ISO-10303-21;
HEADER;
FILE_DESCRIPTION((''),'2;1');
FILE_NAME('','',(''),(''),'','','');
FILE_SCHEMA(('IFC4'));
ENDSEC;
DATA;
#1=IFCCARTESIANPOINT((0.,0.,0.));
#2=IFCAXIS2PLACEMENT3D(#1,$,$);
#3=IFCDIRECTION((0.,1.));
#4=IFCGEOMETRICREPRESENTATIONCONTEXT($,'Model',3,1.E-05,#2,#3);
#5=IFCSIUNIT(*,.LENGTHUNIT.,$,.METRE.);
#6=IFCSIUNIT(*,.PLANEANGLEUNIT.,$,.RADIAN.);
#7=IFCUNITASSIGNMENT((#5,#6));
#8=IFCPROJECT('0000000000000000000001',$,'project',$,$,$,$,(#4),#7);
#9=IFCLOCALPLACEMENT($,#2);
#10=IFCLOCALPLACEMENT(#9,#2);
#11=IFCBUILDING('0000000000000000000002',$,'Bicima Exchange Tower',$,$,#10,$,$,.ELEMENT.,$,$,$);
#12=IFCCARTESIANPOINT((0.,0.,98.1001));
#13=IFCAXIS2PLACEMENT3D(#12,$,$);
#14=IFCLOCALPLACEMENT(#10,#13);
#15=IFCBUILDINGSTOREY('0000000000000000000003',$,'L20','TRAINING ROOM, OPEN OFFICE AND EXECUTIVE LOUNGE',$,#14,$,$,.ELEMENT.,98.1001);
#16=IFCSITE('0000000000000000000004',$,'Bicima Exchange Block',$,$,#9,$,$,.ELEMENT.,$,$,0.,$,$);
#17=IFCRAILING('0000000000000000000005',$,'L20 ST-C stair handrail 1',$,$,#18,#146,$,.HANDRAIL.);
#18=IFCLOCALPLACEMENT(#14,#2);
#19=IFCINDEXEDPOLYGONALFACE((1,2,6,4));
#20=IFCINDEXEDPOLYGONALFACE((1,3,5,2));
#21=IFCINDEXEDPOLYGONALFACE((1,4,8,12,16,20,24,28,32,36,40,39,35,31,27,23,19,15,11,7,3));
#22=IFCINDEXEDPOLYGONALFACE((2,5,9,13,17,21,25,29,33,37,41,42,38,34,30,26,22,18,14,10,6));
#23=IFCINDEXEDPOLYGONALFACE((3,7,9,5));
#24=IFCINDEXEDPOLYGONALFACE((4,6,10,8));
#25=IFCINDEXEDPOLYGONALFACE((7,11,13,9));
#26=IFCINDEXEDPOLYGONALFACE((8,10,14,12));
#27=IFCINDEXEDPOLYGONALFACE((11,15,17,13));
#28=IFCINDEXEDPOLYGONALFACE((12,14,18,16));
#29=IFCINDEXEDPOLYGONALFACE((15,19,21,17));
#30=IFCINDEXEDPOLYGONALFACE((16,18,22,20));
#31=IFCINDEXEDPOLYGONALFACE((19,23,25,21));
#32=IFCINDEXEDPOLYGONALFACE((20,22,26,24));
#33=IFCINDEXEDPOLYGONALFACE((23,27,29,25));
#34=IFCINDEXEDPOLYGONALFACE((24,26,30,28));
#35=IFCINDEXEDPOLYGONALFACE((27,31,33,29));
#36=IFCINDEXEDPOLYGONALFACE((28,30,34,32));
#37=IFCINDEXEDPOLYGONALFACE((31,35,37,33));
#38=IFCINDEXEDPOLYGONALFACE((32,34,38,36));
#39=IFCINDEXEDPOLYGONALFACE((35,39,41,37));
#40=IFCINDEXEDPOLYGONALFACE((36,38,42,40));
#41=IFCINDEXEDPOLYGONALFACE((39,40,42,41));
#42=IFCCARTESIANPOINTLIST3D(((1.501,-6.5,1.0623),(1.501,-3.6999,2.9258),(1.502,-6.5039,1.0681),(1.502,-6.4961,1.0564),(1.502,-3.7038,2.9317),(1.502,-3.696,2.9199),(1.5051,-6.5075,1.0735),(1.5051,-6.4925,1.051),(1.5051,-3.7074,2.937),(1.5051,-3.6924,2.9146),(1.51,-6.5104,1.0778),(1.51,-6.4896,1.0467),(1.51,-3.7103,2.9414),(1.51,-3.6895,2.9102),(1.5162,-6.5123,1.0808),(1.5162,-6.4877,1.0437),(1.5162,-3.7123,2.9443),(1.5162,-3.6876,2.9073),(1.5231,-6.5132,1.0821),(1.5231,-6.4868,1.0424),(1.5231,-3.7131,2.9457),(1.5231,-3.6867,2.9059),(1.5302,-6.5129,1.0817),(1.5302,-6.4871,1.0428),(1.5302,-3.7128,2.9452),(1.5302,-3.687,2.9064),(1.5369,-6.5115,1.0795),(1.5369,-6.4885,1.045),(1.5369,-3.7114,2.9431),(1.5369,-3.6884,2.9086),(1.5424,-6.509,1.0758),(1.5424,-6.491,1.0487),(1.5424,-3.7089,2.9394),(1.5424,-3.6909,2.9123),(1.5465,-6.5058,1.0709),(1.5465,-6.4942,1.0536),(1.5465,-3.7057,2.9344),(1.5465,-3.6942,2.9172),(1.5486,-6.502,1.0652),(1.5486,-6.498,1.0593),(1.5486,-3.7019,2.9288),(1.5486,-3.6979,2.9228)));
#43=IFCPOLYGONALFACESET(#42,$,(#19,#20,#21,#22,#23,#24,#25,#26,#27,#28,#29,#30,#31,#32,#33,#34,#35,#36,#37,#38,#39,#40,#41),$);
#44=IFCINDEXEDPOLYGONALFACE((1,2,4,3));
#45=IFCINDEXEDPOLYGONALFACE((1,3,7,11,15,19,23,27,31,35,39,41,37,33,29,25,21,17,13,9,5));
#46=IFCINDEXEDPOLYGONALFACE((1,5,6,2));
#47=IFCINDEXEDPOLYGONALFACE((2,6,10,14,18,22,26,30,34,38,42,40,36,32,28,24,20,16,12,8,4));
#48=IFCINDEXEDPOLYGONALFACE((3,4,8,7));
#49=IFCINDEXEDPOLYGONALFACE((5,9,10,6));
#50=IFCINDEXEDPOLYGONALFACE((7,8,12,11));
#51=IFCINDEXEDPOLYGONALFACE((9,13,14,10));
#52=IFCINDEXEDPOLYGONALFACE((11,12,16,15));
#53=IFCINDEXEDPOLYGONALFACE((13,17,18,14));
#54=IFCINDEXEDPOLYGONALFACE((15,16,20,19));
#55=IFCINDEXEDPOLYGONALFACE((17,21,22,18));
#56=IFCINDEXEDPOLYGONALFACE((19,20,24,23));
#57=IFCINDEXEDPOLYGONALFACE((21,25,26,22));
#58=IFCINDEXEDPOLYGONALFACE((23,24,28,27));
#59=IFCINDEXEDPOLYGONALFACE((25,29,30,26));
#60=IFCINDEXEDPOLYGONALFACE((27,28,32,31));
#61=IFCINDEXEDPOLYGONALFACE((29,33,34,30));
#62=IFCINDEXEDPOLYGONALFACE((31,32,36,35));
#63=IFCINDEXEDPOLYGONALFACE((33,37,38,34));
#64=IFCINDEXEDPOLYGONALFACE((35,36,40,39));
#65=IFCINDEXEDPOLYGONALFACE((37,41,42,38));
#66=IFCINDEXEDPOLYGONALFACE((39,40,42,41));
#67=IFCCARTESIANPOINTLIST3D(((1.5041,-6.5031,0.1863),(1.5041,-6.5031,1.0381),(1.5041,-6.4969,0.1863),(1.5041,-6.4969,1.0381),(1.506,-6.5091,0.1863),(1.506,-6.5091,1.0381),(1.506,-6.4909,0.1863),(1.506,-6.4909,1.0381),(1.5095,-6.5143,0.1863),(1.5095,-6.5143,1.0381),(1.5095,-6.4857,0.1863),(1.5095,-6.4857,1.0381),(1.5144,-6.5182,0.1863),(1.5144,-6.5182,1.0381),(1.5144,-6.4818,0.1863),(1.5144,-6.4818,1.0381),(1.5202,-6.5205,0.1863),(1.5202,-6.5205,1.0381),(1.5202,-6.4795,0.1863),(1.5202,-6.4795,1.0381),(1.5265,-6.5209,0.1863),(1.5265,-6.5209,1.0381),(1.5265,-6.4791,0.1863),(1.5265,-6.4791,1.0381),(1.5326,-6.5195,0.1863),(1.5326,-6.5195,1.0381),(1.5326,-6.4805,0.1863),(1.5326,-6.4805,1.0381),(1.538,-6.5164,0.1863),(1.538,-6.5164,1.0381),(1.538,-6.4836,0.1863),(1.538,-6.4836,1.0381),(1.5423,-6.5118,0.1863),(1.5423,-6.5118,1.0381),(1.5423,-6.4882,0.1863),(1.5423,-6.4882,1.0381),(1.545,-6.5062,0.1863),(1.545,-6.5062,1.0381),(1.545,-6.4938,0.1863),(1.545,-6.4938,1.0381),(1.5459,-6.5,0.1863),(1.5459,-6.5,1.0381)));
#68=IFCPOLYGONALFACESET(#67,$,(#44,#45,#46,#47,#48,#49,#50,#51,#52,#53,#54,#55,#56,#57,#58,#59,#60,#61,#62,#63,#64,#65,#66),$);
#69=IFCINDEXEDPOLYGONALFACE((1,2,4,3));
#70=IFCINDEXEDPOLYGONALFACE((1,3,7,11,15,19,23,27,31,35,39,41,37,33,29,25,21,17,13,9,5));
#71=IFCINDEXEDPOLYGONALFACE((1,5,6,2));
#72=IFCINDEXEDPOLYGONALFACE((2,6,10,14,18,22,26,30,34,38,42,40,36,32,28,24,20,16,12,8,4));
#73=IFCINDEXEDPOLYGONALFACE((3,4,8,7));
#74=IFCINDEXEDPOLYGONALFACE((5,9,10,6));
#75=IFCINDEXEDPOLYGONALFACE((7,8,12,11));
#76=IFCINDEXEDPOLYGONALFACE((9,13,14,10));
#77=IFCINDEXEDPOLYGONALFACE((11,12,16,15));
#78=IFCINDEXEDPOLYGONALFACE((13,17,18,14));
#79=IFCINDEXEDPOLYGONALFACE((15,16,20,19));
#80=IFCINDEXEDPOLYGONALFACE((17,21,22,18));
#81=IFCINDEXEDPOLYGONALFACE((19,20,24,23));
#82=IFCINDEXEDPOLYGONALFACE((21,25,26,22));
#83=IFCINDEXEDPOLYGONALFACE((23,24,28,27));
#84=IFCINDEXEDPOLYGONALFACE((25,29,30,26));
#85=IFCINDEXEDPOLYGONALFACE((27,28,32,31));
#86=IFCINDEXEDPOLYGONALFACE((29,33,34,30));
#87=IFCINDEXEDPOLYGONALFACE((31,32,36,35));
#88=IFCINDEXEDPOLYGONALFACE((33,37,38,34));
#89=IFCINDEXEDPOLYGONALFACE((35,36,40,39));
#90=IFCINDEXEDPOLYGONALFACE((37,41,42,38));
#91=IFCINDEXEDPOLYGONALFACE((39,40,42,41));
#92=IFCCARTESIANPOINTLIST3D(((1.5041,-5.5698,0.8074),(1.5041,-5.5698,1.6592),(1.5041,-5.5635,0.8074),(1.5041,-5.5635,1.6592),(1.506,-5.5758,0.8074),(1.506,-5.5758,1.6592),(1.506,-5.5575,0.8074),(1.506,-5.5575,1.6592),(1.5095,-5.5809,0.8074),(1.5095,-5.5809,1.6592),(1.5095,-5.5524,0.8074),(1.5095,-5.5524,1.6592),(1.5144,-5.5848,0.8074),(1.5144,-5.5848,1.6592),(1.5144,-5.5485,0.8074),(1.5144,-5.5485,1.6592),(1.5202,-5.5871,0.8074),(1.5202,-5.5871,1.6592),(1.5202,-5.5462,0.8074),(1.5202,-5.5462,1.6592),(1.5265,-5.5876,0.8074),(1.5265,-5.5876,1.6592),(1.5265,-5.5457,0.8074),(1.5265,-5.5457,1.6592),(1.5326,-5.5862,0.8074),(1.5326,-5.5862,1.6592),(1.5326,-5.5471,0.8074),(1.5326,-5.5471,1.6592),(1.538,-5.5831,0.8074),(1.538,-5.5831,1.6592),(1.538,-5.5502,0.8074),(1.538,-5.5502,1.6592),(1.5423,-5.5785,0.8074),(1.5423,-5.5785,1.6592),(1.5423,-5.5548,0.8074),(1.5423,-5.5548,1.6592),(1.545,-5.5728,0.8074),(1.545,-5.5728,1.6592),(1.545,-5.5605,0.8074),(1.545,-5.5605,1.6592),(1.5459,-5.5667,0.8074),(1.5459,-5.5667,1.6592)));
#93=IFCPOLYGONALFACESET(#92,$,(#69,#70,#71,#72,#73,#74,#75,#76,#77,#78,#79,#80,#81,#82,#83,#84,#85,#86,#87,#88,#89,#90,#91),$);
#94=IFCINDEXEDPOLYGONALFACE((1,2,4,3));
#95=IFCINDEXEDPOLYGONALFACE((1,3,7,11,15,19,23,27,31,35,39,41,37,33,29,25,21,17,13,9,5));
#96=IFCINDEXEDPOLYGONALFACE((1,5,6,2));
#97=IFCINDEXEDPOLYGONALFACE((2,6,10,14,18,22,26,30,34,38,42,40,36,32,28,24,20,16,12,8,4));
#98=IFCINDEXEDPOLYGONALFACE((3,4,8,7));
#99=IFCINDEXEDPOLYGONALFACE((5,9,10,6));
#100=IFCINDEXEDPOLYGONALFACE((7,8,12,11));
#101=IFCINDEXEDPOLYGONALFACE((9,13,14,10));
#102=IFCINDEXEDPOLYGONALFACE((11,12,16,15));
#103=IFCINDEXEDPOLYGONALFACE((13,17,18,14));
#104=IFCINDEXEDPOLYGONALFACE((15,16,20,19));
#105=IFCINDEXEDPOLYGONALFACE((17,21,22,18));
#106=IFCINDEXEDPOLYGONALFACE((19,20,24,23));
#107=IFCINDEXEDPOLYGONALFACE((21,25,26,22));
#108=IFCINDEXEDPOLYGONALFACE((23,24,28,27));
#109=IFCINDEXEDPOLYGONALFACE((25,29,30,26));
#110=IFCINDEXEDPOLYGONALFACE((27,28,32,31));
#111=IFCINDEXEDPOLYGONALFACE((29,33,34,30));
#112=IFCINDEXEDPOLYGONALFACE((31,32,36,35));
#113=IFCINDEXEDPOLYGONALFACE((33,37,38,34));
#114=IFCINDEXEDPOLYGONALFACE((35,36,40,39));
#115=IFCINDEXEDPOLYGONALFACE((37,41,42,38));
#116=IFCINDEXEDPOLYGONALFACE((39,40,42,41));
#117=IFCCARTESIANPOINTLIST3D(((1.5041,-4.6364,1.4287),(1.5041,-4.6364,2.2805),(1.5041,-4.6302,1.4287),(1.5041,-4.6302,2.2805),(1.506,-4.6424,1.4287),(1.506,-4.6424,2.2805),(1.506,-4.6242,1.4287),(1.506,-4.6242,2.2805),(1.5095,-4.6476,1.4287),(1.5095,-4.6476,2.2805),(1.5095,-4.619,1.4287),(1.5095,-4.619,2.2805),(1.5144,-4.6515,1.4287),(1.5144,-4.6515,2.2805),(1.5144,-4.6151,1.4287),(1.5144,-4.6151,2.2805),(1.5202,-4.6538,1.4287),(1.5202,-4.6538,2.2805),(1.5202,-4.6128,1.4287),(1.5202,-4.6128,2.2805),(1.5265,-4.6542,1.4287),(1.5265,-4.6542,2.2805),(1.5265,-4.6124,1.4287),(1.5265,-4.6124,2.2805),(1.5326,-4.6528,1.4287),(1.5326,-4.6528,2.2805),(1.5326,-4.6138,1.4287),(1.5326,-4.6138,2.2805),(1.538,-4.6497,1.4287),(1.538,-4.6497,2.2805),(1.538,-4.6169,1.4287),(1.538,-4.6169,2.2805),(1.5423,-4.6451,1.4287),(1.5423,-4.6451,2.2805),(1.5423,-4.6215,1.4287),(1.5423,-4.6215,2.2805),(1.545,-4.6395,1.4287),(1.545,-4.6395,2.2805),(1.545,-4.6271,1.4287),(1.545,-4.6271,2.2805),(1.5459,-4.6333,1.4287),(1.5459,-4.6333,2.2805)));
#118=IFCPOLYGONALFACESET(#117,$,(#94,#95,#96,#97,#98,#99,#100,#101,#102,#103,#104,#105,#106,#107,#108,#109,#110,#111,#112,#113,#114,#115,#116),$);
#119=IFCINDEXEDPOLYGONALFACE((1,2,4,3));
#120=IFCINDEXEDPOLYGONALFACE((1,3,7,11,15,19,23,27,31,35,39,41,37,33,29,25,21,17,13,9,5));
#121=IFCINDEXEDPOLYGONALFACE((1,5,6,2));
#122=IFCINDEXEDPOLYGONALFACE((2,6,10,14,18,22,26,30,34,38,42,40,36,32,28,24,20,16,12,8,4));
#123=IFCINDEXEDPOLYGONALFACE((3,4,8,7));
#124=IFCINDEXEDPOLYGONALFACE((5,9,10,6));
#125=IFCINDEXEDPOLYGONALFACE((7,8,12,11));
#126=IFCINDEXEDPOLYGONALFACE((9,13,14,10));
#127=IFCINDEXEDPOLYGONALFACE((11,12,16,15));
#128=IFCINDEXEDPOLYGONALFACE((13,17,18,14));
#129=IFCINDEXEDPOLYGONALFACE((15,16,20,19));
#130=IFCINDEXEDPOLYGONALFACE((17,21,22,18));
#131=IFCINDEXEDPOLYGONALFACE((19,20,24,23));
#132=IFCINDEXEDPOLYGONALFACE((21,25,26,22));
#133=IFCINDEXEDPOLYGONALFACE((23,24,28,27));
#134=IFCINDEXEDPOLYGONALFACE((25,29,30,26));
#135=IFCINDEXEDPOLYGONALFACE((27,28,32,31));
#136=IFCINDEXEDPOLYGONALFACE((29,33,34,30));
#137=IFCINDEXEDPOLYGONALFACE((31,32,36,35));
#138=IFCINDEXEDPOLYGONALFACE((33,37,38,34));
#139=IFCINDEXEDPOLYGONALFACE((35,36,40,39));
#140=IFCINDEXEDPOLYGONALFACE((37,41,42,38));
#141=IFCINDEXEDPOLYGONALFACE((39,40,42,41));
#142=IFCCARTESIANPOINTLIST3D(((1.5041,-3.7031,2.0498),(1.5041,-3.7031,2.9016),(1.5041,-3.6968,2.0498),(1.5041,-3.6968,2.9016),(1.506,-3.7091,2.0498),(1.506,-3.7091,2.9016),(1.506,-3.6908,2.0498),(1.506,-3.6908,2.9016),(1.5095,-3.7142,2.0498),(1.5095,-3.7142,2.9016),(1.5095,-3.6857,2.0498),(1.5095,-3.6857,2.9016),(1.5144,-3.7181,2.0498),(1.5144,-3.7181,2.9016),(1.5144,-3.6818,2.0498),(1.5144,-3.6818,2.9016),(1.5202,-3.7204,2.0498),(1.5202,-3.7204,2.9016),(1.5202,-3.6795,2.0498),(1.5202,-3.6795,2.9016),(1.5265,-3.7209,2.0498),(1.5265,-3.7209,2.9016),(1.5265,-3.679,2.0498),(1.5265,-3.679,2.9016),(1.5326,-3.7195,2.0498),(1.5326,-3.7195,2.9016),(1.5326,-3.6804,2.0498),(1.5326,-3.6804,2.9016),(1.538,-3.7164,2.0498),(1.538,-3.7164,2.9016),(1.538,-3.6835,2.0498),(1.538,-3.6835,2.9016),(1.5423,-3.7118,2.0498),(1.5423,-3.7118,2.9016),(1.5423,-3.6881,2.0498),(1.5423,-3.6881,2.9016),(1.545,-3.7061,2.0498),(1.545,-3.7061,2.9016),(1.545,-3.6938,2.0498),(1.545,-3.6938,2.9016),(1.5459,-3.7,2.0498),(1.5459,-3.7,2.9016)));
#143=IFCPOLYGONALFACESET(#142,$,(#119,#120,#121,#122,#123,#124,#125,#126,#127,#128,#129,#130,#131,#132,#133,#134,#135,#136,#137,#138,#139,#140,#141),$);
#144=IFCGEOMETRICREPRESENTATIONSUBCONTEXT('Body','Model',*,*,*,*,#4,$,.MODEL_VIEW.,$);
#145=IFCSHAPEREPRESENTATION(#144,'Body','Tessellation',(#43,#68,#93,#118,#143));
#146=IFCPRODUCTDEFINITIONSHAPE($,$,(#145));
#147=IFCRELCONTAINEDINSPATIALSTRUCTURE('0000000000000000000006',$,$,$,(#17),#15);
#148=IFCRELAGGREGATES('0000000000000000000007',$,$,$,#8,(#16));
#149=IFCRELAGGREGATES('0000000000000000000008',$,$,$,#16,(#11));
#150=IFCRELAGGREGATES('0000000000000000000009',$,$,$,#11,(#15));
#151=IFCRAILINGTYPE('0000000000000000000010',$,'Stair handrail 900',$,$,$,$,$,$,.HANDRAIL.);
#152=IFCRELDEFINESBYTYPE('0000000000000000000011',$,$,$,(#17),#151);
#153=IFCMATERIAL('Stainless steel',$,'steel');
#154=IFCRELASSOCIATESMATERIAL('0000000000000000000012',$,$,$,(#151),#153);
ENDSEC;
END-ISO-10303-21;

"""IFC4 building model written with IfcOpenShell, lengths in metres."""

from ifc_helpers import new_model, si_unit, direction, frame, origin, origin_2d, place, context, subcontext, project, spatial, circle, extrude, material, type_object, element, save


model = new_model("IFC4")

# Units and contexts
model_context = context("Model", 3, precision=1e-05, world=origin(), true_north=direction((0.0, 1.0)))
body_context = subcontext(model_context, "Body", "Model", "MODEL_VIEW")
ifc_project = project(units=[si_unit("LENGTHUNIT", "METRE"), si_unit("PLANEANGLEUNIT", "RADIAN")], contexts=[model_context])

# Site, building, storey
site_placement = place(None, origin())
site = spatial("IfcSite", under=ifc_project, at=site_placement, Name="Bicima Exchange Block", CompositionType="ELEMENT", RefElevation=0.0)
building_placement = place(site_placement, origin())
building = spatial("IfcBuilding", under=site, at=building_placement, Name="Bicima Exchange Tower", CompositionType="ELEMENT")
storey_placement = place(building_placement, frame((0.0, 0.0, 98.1001)))
storey = spatial("IfcBuildingStorey", under=building, at=storey_placement, Name="L20", Description="TRAINING ROOM, OPEN OFFICE AND EXECUTIVE LOUNGE", CompositionType="ELEMENT", Elevation=98.1001)

# Shared definitions
ifc_material_1 = material(Name="Stainless steel", Category="steel")

# Railing
railing_type_1 = type_object("IfcRailingType", Name="Stair handrail 900", PredefinedType="HANDRAIL", material=ifc_material_1)
railing_1_placement = place(storey_placement, frame((1.5249, -6.5, 0.1863)))
element("IfcRailing", 1, at=railing_1_placement, inside=storey, type_object=railing_type_1, Name="L20 ST-C stair handrail 1", PredefinedType="HANDRAIL", context=body_context, shape_type="SweptSolid", body=[
    extrude(circle(Radius=0.0239, at=origin_2d()), frame((0.0, 0.0, 0.876), z_axis=(0.0, 0.832486, 0.554047), x_axis=(-1.0, 0.0, 0.0)), (0.0, 0.0, 1.0), 3.3635),
    extrude(circle(Radius=0.021, at=origin_2d()), origin(), (0.0, 0.0, 1.0), 0.8518),
    extrude(circle(Radius=0.021, at=origin_2d()), frame((0.0, 0.9333, 0.6211)), (0.0, 0.0, 1.0), 0.8518),
    extrude(circle(Radius=0.021, at=origin_2d()), frame((0.0, 1.8667, 1.2424)), (0.0, 0.0, 1.0), 0.8518),
    extrude(circle(Radius=0.021, at=origin_2d()), frame((0.0, 2.8, 1.8635)), (0.0, 0.0, 1.0), 0.8518),
])

save(model, "model.ifc")
